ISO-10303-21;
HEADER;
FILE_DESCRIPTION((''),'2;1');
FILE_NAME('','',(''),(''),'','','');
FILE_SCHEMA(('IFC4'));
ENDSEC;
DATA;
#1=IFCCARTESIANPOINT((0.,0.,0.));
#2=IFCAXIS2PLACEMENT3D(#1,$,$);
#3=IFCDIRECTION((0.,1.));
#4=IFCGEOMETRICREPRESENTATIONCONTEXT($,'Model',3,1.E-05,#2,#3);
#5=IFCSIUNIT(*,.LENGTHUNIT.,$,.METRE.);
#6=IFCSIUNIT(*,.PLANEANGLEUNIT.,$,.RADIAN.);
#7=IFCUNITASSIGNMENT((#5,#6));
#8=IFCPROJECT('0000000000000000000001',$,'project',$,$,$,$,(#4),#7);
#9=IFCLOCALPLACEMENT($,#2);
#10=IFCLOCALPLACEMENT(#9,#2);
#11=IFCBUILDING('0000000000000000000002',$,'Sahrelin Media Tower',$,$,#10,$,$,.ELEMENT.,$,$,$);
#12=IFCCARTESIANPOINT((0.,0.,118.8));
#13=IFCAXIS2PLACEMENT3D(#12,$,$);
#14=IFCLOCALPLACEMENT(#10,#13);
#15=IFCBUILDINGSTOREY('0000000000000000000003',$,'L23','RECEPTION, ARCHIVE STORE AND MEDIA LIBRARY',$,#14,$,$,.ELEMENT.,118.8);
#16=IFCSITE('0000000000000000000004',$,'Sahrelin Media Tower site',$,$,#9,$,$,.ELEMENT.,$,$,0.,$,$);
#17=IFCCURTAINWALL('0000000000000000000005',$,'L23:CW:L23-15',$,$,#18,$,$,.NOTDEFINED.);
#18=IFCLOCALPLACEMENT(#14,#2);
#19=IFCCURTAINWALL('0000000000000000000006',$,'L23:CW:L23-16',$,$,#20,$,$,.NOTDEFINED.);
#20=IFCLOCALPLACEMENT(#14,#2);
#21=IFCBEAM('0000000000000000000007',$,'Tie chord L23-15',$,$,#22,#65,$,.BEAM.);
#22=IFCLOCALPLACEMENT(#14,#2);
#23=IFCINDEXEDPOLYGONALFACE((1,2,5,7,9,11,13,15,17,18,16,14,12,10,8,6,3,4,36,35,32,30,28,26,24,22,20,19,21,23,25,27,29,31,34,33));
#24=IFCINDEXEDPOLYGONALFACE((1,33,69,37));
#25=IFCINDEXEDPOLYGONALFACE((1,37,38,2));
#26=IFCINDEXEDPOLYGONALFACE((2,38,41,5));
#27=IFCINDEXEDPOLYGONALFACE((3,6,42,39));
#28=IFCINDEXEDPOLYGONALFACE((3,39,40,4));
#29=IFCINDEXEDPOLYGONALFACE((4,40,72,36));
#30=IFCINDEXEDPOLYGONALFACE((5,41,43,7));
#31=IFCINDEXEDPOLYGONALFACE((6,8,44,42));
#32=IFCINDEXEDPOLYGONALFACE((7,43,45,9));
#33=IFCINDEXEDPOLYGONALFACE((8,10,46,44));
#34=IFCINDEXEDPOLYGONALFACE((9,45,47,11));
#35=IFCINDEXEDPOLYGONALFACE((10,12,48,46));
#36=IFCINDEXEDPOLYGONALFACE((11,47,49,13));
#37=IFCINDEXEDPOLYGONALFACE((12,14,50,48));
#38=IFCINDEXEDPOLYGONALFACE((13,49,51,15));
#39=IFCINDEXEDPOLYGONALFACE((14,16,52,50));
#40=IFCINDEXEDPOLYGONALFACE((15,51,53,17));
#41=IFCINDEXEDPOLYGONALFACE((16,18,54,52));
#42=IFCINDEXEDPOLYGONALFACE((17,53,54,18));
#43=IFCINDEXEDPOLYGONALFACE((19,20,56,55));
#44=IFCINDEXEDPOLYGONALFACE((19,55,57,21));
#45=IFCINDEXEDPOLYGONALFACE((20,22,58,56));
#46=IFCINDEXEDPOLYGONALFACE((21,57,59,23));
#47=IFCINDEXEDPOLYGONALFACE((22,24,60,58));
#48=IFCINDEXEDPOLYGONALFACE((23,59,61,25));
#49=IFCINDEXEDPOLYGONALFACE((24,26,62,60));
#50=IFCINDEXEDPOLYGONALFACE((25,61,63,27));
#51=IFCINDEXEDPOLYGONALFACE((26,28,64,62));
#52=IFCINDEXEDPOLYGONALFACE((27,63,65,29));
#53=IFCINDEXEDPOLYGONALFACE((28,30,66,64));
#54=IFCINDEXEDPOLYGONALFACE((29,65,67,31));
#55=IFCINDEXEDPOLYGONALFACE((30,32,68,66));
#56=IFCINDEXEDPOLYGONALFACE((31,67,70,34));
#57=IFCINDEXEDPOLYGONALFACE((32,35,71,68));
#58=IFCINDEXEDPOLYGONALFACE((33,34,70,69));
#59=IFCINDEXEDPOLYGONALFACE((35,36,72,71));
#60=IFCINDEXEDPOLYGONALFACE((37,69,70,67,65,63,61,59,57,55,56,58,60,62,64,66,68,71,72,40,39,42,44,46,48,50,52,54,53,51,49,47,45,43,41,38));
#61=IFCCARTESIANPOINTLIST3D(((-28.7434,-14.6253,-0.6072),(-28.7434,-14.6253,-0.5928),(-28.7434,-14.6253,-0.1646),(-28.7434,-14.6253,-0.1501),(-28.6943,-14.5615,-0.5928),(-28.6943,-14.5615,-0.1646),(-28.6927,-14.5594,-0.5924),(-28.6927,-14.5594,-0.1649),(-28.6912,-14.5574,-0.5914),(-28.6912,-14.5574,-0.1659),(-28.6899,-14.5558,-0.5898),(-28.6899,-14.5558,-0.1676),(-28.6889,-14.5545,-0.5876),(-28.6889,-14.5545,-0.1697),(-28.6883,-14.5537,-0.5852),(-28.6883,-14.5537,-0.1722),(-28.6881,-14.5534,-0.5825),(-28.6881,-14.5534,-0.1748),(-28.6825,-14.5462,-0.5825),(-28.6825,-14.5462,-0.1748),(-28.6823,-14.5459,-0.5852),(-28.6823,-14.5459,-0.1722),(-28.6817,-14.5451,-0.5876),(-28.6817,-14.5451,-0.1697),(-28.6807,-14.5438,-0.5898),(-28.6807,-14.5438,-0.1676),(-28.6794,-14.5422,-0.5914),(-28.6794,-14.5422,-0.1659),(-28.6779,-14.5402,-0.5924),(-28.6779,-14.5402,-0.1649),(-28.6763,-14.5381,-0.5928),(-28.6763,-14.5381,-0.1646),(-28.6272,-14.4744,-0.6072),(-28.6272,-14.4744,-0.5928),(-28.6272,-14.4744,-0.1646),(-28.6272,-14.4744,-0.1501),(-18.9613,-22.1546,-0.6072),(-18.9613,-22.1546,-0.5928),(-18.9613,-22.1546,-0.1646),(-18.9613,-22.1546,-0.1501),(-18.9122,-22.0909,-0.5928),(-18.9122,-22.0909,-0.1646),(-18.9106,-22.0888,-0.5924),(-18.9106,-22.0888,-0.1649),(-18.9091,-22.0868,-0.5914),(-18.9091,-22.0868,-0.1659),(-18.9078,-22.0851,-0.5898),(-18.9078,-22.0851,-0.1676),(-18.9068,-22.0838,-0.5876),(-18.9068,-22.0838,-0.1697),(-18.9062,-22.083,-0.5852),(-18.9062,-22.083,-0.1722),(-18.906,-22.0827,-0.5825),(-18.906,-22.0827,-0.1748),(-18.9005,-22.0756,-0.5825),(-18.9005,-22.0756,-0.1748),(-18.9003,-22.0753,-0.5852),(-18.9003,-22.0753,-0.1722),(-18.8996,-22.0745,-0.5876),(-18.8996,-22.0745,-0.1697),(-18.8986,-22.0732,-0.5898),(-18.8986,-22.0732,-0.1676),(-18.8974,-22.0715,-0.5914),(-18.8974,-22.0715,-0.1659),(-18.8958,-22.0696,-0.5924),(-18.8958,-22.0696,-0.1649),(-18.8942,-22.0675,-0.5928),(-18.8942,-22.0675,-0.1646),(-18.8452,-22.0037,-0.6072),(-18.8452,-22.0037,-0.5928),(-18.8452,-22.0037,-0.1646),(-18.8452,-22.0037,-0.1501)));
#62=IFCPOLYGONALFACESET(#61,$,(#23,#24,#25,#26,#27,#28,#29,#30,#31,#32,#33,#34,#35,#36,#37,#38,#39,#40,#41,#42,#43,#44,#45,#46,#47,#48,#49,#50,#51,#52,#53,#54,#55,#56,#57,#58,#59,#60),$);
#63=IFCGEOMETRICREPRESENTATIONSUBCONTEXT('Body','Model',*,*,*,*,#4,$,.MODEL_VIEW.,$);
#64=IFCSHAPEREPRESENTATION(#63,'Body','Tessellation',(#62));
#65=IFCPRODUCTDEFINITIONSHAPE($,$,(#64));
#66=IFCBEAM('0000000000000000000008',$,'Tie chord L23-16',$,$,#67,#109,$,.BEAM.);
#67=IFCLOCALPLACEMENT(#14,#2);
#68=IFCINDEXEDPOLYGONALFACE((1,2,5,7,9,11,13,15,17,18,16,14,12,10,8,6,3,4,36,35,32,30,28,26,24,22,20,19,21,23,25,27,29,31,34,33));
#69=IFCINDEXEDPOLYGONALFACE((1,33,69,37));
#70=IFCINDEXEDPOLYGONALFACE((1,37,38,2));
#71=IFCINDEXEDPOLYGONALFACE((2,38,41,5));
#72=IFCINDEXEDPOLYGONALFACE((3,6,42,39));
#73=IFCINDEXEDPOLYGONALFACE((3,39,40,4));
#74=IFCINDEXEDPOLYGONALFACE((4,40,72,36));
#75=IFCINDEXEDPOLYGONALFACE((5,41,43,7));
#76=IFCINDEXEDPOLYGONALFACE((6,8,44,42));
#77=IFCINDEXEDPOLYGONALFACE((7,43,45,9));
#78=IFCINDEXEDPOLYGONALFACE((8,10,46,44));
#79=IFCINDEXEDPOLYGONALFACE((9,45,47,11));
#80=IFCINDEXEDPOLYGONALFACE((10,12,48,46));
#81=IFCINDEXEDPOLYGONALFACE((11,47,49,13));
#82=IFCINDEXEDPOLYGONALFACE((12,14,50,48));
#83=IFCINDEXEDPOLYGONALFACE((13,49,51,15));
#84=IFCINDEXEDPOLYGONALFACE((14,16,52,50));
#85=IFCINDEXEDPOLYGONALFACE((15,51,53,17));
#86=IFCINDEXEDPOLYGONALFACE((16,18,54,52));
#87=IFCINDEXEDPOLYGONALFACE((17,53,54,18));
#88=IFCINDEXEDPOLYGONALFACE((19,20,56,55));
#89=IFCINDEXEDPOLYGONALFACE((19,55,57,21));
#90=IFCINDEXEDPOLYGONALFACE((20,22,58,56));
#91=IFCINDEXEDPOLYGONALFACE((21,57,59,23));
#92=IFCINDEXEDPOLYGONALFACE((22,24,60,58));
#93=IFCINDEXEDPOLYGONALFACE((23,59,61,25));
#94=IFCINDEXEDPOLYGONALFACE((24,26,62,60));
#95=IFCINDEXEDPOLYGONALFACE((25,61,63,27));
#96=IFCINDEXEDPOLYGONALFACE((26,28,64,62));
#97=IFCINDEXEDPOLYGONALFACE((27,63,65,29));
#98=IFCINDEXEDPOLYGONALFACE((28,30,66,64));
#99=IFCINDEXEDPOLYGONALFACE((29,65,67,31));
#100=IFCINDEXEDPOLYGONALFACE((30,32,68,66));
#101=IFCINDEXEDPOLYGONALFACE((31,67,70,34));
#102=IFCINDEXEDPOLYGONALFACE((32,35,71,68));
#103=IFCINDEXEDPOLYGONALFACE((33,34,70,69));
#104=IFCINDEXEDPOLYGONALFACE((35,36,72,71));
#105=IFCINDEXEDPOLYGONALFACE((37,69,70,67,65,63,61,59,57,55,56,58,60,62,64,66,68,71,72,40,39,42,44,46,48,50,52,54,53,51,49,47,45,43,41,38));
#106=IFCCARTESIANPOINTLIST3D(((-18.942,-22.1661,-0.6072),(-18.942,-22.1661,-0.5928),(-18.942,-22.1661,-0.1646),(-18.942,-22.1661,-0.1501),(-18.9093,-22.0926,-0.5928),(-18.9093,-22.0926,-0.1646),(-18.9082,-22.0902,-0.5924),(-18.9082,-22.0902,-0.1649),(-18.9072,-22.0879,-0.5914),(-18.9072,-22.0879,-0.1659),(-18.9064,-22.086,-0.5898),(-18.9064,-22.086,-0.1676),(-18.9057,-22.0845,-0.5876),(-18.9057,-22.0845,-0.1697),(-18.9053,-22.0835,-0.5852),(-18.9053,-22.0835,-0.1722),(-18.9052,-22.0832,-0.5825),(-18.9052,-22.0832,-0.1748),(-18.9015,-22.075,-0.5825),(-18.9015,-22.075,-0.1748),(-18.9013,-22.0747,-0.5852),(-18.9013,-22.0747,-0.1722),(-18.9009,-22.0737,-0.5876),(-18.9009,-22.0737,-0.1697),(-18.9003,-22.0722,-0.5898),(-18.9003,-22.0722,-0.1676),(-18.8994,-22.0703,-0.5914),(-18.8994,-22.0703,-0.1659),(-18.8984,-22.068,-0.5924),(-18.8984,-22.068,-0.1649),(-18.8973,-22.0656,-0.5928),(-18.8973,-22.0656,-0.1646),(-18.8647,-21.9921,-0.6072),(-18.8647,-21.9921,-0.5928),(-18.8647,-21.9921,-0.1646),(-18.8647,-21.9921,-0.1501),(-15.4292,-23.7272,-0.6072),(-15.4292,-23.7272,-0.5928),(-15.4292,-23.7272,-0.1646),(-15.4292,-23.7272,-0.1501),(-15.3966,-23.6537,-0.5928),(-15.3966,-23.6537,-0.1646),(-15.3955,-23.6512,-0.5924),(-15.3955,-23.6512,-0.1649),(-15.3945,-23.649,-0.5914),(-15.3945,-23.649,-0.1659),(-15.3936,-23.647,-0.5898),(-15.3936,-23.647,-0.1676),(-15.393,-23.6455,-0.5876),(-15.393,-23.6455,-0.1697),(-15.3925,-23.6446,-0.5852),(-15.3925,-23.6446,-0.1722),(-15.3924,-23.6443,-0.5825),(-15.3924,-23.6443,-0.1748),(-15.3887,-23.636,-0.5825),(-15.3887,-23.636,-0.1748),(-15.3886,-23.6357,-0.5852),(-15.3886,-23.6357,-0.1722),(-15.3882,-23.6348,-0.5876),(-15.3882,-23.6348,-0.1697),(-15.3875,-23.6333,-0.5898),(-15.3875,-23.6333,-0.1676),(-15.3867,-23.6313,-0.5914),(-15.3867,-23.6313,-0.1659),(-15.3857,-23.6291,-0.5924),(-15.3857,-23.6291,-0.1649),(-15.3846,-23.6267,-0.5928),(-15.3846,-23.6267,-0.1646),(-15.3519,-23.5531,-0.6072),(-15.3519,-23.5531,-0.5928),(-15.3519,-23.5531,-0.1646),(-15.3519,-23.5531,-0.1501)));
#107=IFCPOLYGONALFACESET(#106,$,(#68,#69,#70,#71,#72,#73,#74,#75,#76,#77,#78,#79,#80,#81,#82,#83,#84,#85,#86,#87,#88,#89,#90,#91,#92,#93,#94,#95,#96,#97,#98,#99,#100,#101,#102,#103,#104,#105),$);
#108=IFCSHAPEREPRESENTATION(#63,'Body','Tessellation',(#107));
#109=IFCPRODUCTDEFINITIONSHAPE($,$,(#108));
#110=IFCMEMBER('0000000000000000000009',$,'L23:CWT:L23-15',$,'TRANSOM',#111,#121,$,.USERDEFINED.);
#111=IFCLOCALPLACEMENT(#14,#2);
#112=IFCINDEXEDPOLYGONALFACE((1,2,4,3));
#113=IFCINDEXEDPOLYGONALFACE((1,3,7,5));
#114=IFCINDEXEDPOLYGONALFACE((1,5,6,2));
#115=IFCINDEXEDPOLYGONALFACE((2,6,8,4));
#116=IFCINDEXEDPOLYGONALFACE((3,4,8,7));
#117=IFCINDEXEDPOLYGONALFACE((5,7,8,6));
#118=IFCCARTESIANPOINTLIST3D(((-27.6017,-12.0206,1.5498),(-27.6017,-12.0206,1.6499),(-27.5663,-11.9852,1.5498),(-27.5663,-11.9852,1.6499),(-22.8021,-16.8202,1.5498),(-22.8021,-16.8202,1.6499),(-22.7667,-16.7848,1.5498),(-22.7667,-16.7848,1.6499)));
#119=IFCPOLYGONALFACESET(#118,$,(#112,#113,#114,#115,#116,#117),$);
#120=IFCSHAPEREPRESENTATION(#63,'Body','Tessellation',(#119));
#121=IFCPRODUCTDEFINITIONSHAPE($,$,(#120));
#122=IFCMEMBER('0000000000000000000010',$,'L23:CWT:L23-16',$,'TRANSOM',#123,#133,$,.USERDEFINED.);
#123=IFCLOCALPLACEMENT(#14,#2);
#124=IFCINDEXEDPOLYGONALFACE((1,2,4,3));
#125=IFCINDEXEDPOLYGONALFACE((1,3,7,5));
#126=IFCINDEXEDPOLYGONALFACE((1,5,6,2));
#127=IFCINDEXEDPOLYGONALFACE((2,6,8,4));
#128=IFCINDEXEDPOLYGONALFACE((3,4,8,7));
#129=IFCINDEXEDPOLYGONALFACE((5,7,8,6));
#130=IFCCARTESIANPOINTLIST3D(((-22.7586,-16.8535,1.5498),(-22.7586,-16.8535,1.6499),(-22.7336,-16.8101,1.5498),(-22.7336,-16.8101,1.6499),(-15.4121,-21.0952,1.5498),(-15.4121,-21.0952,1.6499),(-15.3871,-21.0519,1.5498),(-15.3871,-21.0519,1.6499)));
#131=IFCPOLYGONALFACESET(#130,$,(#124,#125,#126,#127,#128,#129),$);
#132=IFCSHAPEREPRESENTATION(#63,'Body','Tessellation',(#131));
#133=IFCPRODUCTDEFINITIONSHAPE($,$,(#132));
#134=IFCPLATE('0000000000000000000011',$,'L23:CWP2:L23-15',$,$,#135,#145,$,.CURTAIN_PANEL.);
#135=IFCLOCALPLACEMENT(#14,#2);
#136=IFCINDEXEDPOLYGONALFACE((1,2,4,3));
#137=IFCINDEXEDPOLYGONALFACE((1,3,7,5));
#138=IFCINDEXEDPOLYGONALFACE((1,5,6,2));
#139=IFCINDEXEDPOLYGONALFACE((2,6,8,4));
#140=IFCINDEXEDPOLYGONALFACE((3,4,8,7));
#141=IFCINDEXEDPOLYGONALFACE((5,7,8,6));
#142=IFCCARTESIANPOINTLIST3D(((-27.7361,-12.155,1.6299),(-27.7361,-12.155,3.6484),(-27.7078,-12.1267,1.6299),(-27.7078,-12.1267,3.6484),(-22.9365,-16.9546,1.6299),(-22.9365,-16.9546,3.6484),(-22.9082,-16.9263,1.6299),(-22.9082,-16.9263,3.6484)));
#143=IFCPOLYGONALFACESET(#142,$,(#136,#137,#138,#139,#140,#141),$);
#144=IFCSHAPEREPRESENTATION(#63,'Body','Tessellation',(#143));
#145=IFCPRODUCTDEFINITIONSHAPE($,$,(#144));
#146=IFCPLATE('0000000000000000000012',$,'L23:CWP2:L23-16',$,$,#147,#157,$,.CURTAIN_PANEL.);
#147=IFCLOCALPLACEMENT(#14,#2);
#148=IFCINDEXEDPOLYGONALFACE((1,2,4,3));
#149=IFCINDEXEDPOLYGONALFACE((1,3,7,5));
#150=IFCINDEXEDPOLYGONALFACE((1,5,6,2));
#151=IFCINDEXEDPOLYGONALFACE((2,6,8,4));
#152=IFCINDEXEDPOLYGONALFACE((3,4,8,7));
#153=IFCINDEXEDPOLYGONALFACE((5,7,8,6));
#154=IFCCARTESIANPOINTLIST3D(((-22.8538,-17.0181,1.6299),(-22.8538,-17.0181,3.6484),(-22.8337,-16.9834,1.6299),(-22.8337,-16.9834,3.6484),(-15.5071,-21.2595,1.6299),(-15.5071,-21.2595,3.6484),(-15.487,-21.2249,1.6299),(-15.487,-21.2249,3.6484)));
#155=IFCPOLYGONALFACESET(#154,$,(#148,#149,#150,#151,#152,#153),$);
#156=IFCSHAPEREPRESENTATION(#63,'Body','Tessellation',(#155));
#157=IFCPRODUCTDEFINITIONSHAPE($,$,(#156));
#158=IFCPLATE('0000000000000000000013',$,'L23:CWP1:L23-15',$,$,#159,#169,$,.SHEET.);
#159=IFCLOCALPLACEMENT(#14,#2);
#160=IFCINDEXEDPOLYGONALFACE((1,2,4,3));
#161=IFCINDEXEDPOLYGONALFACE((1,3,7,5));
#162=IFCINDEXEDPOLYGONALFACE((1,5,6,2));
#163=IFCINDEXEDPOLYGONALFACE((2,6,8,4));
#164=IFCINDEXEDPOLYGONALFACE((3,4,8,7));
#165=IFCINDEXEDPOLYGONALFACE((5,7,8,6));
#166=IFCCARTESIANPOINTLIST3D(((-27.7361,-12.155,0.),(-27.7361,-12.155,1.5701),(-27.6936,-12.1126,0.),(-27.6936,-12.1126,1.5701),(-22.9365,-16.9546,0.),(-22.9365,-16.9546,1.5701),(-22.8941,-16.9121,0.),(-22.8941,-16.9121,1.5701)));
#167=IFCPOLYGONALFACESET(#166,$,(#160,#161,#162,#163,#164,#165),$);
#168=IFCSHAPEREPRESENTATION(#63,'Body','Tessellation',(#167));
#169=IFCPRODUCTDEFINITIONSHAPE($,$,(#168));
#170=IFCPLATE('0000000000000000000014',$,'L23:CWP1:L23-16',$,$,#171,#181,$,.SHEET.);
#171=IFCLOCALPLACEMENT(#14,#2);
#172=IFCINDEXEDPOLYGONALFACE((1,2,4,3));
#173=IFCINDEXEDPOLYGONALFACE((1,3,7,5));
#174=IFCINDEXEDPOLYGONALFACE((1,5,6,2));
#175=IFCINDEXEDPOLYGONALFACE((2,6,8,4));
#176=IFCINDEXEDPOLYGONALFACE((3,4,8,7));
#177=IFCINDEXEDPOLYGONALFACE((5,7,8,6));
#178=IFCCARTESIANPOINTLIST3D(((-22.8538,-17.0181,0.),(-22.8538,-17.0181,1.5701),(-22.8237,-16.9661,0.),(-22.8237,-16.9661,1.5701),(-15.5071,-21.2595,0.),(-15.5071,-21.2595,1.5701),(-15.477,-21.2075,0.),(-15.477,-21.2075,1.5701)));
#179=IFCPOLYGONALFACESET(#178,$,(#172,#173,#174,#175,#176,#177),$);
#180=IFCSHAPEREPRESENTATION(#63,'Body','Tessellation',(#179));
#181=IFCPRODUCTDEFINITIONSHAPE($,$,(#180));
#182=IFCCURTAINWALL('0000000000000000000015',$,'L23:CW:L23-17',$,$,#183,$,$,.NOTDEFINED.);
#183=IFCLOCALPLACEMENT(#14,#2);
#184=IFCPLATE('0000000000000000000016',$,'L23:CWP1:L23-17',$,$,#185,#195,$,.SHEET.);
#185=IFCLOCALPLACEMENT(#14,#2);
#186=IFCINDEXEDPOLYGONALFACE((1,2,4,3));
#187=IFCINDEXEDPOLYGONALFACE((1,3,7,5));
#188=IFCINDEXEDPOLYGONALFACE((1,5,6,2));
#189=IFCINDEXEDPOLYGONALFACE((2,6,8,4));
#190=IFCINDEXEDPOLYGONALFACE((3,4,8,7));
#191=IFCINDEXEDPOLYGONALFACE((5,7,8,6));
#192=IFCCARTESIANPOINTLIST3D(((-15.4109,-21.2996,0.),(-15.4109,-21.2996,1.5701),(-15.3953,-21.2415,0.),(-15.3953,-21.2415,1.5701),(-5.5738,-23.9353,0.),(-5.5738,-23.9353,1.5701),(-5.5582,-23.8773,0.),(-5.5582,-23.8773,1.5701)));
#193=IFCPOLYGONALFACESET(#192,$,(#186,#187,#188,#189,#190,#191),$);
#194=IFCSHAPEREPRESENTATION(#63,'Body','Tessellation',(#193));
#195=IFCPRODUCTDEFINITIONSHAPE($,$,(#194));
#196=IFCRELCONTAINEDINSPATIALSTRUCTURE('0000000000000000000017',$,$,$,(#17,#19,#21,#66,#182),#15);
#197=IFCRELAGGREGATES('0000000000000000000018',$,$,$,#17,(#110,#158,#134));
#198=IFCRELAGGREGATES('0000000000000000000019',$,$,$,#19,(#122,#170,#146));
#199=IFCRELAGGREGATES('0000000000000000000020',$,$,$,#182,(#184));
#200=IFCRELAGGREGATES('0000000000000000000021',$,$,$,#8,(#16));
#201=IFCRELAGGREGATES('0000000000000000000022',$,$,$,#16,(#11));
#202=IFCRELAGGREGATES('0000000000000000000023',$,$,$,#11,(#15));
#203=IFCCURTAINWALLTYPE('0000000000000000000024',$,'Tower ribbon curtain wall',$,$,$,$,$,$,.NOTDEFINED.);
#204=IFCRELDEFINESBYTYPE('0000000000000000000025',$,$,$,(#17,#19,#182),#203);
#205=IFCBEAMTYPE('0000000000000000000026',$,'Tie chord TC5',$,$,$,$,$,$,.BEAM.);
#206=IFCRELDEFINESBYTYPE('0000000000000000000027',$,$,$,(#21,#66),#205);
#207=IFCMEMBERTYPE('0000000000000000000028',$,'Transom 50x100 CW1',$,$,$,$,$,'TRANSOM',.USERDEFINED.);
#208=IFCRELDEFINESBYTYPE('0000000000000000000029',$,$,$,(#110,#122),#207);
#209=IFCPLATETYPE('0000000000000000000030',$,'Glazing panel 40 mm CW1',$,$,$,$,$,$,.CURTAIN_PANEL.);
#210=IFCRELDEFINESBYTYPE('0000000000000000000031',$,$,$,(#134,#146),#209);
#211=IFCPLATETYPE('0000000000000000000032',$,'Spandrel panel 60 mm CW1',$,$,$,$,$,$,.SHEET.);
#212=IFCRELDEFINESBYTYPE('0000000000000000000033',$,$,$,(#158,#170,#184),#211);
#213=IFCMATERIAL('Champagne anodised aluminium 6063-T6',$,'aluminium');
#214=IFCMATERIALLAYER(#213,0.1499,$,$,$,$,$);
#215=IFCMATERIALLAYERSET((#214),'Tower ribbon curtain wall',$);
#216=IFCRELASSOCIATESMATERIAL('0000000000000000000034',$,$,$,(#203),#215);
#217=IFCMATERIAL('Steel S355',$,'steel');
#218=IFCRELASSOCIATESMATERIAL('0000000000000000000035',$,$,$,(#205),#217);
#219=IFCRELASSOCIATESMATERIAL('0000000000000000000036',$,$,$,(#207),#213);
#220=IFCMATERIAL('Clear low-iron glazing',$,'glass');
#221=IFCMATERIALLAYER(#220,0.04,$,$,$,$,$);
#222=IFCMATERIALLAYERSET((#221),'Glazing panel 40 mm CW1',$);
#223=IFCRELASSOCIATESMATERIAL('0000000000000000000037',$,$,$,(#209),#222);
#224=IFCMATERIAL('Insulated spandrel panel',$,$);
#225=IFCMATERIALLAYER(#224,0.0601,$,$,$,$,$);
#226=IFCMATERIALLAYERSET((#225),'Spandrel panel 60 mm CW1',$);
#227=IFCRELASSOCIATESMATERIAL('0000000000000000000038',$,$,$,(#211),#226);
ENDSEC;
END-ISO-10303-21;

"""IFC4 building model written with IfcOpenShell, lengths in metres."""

from ifc_helpers import new_model, si_unit, direction, frame, origin, origin_2d, place, context, subcontext, project, spatial, polyline, rectangle, i_section, outline, extrude, material, layer, layer_set, material_profile, profile_set, type_object, element, aggregate, save


model = new_model("IFC4")

# Units and contexts
model_context = context("Model", 3, precision=1e-05, world=origin(), true_north=direction((0.0, 1.0)))
body_context = subcontext(model_context, "Body", "Model", "MODEL_VIEW")
ifc_project = project(units=[si_unit("LENGTHUNIT", "METRE"), si_unit("PLANEANGLEUNIT", "RADIAN")], contexts=[model_context])

# Site, building, storey
site_placement = place(None, origin())
site = spatial("IfcSite", under=ifc_project, at=site_placement, Name="Sahrelin Media Tower site", CompositionType="ELEMENT", RefElevation=0.0)
building_placement = place(site_placement, origin())
building = spatial("IfcBuilding", under=site, at=building_placement, Name="Sahrelin Media Tower", CompositionType="ELEMENT")
storey_placement = place(building_placement, frame((0.0, 0.0, 118.8)))
storey = spatial("IfcBuildingStorey", under=building, at=storey_placement, Name="L23", Description="RECEPTION, ARCHIVE STORE AND MEDIA LIBRARY", CompositionType="ELEMENT", Elevation=118.8)

# Shared definitions
ifc_material_1 = material(Name="Steel S355", Category="steel")

# Curtain walls
ifc_material_2 = material(Name="Champagne anodised aluminium 6063-T6", Category="aluminium")
ifc_layer_1 = layer(ifc_material_2, 0.1499)
ifc_layer_set_1 = layer_set([ifc_layer_1], Name="Tower ribbon curtain wall")
curtain_wall_type = type_object("IfcCurtainWallType", Name="Tower ribbon curtain wall", PredefinedType="NOTDEFINED", material=ifc_layer_set_1)
curtain_wall_1_placement = place(storey_placement, frame((-25.322, -14.5405, 0.0), z_axis=(0.0, 0.0, 1.0), x_axis=(1.0, 0.0, 0.0)))
curtain_wall_1 = element("IfcCurtainWall", 1, at=curtain_wall_1_placement, inside=storey, type_object=curtain_wall_type, Name="L23:CW:L23-15", PredefinedType="NOTDEFINED")
curtain_wall_2_placement = place(storey_placement, frame((-19.1704, -19.1216, 0.0), z_axis=(0.0, 0.0, 1.0), x_axis=(1.0, 0.0, 0.0)))
curtain_wall_2 = element("IfcCurtainWall", 2, at=curtain_wall_2_placement, inside=storey, type_object=curtain_wall_type, Name="L23:CW:L23-16", PredefinedType="NOTDEFINED")

# Beams
ifc_material_profile_1 = material_profile(ifc_material_1, i_section(OverallWidth=0.1904, OverallDepth=0.457, WebThickness=0.009, FlangeThickness=0.0144, FilletRadius=0.0103, at=origin_2d()), Name="UB 457x191x74")
ifc_profile_set_1 = profile_set([ifc_material_profile_1], Name="Steel S355")
beam_type_1 = type_object("IfcBeamType", Name="Tie chord TC5", PredefinedType="BEAM", material=ifc_profile_set_1)
beam_1_placement = place(storey_placement, frame((-28.6853, -14.5498, -0.3787), z_axis=(0.79244, -0.60995, 0.0), x_axis=(0.60995, 0.79244, 0.0)))
element("IfcBeam", 3, at=beam_1_placement, inside=storey, type_object=beam_type_1, Name="Tie chord L23-15", PredefinedType="BEAM", context=body_context, shape_type="SweptSolid", body=[
    extrude(i_section(OverallWidth=0.1904, OverallDepth=0.457, WebThickness=0.009, FlangeThickness=0.0144, FilletRadius=0.0103, at=origin_2d()), origin(), (0.0, 0.0, 1.0), 12.3442),
])
beam_2_placement = place(storey_placement, frame((-18.9033, -22.0791, -0.3787), z_axis=(0.913827, -0.406103, 0.0), x_axis=(0.406103, 0.913827, 0.0)))
element("IfcBeam", 4, at=beam_2_placement, inside=storey, type_object=beam_type_1, Name="Tie chord L23-16", PredefinedType="BEAM", context=body_context, shape_type="SweptSolid", body=[
    extrude(i_section(OverallWidth=0.1904, OverallDepth=0.457, WebThickness=0.009, FlangeThickness=0.0144, FilletRadius=0.0103, at=origin_2d()), origin(), (0.0, 0.0, 1.0), 3.844),
])

# Members
ifc_material_profile_2 = material_profile(ifc_material_2, rectangle(XDim=0.05, YDim=0.1001, at=origin_2d()), Name="Transom 50x100")
ifc_profile_set_2 = profile_set([ifc_material_profile_2], Name="Champagne anodised aluminium 6063-T6")
member_type_1 = type_object("IfcMemberType", Name="Transom 50x100 CW1", ElementType="TRANSOM", PredefinedType="USERDEFINED", material=ifc_profile_set_2)
member_1_placement = place(storey_placement, frame((-27.584, -12.0029, 1.5999), z_axis=(0.707107, -0.707107, 0.0), x_axis=(0.707107, 0.707107, 0.0)))
member_1 = element("IfcMember", 5, at=member_1_placement, type_object=member_type_1, Name="L23:CWT:L23-15", ObjectType="TRANSOM", PredefinedType="USERDEFINED", context=body_context, shape_type="SweptSolid", body=[
    extrude(rectangle(XDim=0.05, YDim=0.1001, at=origin_2d()), origin(), (0.0, 0.0, 1.0), 6.7876),
])
member_2_placement = place(storey_placement, frame((-22.7461, -16.8318, 1.5999), z_axis=(0.866014, -0.500021, 0.0), x_axis=(0.500021, 0.866014, 0.0)))
member_2 = element("IfcMember", 6, at=member_2_placement, type_object=member_type_1, Name="L23:CWT:L23-16", ObjectType="TRANSOM", PredefinedType="USERDEFINED", context=body_context, shape_type="SweptSolid", body=[
    extrude(rectangle(XDim=0.05, YDim=0.1001, at=origin_2d()), origin(), (0.0, 0.0, 1.0), 8.4832),
])

# Plates
ifc_material_3 = material(Name="Clear low-iron glazing", Category="glass")
ifc_layer_2 = layer(ifc_material_3, 0.04)
ifc_layer_set_2 = layer_set([ifc_layer_2], Name="Glazing panel 40 mm CW1")
plate_type_1 = type_object("IfcPlateType", Name="Glazing panel 40 mm CW1", PredefinedType="CURTAIN_PANEL", material=ifc_layer_set_2)
plate_1_placement = place(storey_placement, frame((-27.7361, -12.155, 1.6299), z_axis=(-0.707107, -0.707107, 0.0), x_axis=(0.707107, -0.707107, 0.0)))
plate_1 = element("IfcPlate", 7, at=plate_1_placement, type_object=plate_type_1, Name="L23:CWP2:L23-15", PredefinedType="CURTAIN_PANEL", context=body_context, shape_type="SweptSolid", body=[
    extrude(outline(polyline([(0.0, 0.0), (6.7876, 0.0), (6.7876, 2.0186), (0.0, 2.0186), (0.0, 0.0)])), origin(), (0.0, 0.0, -1.0), 0.04),
])
plate_2_placement = place(storey_placement, frame((-22.8538, -17.0181, 1.6299), z_axis=(-0.499987, -0.866033, 0.0), x_axis=(0.866033, -0.499987, 0.0)))
plate_2 = element("IfcPlate", 8, at=plate_2_placement, type_object=plate_type_1, Name="L23:CWP2:L23-16", PredefinedType="CURTAIN_PANEL", context=body_context, shape_type="SweptSolid", body=[
    extrude(outline(polyline([(0.0, 0.0), (8.4832, 0.0), (8.4832, 2.0186), (0.0, 2.0186), (0.0, 0.0)])), origin(), (0.0, 0.0, -1.0), 0.04),
])
ifc_material_4 = material(Name="Insulated spandrel panel")
ifc_layer_3 = layer(ifc_material_4, 0.0601)
ifc_layer_set_3 = layer_set([ifc_layer_3], Name="Spandrel panel 60 mm CW1")
plate_type_2 = type_object("IfcPlateType", Name="Spandrel panel 60 mm CW1", PredefinedType="SHEET", material=ifc_layer_set_3)
plate_3_placement = place(storey_placement, frame((-27.7361, -12.155, 0.0), z_axis=(-0.707107, -0.707107, 0.0), x_axis=(0.707107, -0.707107, 0.0)))
plate_3 = element("IfcPlate", 9, at=plate_3_placement, type_object=plate_type_2, Name="L23:CWP1:L23-15", PredefinedType="SHEET", context=body_context, shape_type="SweptSolid", body=[
    extrude(outline(polyline([(0.0, 0.0), (6.7876, 0.0), (6.7876, 1.5701), (0.0, 1.5701), (0.0, 0.0)])), origin(), (0.0, 0.0, -1.0), 0.0601),
])
aggregate(curtain_wall_1, [member_1, plate_3, plate_1])
plate_4_placement = place(storey_placement, frame((-22.8538, -17.0181, 0.0), z_axis=(-0.499987, -0.866033, 0.0), x_axis=(0.866033, -0.499987, 0.0)))
plate_4 = element("IfcPlate", 10, at=plate_4_placement, type_object=plate_type_2, Name="L23:CWP1:L23-16", PredefinedType="SHEET", context=body_context, shape_type="SweptSolid", body=[
    extrude(outline(polyline([(0.0, 0.0), (8.4832, 0.0), (8.4832, 1.5701), (0.0, 1.5701), (0.0, 0.0)])), origin(), (0.0, 0.0, -1.0), 0.0601),
])
aggregate(curtain_wall_2, [member_2, plate_4, plate_2])

# Curtain wall, plate
curtain_wall_3_placement = place(storey_placement, frame((-10.4871, -22.5981, 0.0), z_axis=(0.0, 0.0, 1.0), x_axis=(1.0, 0.0, 0.0)))
curtain_wall_3 = element("IfcCurtainWall", 11, at=curtain_wall_3_placement, inside=storey, type_object=curtain_wall_type, Name="L23:CW:L23-17", PredefinedType="NOTDEFINED")
plate_5_placement = place(storey_placement, frame((-15.4109, -21.2996, 0.0), z_axis=(-0.258808, -0.965929, 0.0), x_axis=(0.965929, -0.258808, 0.0)))
plate_5 = element("IfcPlate", 12, at=plate_5_placement, type_object=plate_type_2, Name="L23:CWP1:L23-17", PredefinedType="SHEET", context=body_context, shape_type="SweptSolid", body=[
    extrude(outline(polyline([(0.0, 0.0), (10.1841, 0.0), (10.1841, 1.5701), (0.0, 1.5701), (0.0, 0.0)])), origin(), (0.0, 0.0, -1.0), 0.0601),
])
aggregate(curtain_wall_3, [plate_5])

save(model, "model.ifc")
